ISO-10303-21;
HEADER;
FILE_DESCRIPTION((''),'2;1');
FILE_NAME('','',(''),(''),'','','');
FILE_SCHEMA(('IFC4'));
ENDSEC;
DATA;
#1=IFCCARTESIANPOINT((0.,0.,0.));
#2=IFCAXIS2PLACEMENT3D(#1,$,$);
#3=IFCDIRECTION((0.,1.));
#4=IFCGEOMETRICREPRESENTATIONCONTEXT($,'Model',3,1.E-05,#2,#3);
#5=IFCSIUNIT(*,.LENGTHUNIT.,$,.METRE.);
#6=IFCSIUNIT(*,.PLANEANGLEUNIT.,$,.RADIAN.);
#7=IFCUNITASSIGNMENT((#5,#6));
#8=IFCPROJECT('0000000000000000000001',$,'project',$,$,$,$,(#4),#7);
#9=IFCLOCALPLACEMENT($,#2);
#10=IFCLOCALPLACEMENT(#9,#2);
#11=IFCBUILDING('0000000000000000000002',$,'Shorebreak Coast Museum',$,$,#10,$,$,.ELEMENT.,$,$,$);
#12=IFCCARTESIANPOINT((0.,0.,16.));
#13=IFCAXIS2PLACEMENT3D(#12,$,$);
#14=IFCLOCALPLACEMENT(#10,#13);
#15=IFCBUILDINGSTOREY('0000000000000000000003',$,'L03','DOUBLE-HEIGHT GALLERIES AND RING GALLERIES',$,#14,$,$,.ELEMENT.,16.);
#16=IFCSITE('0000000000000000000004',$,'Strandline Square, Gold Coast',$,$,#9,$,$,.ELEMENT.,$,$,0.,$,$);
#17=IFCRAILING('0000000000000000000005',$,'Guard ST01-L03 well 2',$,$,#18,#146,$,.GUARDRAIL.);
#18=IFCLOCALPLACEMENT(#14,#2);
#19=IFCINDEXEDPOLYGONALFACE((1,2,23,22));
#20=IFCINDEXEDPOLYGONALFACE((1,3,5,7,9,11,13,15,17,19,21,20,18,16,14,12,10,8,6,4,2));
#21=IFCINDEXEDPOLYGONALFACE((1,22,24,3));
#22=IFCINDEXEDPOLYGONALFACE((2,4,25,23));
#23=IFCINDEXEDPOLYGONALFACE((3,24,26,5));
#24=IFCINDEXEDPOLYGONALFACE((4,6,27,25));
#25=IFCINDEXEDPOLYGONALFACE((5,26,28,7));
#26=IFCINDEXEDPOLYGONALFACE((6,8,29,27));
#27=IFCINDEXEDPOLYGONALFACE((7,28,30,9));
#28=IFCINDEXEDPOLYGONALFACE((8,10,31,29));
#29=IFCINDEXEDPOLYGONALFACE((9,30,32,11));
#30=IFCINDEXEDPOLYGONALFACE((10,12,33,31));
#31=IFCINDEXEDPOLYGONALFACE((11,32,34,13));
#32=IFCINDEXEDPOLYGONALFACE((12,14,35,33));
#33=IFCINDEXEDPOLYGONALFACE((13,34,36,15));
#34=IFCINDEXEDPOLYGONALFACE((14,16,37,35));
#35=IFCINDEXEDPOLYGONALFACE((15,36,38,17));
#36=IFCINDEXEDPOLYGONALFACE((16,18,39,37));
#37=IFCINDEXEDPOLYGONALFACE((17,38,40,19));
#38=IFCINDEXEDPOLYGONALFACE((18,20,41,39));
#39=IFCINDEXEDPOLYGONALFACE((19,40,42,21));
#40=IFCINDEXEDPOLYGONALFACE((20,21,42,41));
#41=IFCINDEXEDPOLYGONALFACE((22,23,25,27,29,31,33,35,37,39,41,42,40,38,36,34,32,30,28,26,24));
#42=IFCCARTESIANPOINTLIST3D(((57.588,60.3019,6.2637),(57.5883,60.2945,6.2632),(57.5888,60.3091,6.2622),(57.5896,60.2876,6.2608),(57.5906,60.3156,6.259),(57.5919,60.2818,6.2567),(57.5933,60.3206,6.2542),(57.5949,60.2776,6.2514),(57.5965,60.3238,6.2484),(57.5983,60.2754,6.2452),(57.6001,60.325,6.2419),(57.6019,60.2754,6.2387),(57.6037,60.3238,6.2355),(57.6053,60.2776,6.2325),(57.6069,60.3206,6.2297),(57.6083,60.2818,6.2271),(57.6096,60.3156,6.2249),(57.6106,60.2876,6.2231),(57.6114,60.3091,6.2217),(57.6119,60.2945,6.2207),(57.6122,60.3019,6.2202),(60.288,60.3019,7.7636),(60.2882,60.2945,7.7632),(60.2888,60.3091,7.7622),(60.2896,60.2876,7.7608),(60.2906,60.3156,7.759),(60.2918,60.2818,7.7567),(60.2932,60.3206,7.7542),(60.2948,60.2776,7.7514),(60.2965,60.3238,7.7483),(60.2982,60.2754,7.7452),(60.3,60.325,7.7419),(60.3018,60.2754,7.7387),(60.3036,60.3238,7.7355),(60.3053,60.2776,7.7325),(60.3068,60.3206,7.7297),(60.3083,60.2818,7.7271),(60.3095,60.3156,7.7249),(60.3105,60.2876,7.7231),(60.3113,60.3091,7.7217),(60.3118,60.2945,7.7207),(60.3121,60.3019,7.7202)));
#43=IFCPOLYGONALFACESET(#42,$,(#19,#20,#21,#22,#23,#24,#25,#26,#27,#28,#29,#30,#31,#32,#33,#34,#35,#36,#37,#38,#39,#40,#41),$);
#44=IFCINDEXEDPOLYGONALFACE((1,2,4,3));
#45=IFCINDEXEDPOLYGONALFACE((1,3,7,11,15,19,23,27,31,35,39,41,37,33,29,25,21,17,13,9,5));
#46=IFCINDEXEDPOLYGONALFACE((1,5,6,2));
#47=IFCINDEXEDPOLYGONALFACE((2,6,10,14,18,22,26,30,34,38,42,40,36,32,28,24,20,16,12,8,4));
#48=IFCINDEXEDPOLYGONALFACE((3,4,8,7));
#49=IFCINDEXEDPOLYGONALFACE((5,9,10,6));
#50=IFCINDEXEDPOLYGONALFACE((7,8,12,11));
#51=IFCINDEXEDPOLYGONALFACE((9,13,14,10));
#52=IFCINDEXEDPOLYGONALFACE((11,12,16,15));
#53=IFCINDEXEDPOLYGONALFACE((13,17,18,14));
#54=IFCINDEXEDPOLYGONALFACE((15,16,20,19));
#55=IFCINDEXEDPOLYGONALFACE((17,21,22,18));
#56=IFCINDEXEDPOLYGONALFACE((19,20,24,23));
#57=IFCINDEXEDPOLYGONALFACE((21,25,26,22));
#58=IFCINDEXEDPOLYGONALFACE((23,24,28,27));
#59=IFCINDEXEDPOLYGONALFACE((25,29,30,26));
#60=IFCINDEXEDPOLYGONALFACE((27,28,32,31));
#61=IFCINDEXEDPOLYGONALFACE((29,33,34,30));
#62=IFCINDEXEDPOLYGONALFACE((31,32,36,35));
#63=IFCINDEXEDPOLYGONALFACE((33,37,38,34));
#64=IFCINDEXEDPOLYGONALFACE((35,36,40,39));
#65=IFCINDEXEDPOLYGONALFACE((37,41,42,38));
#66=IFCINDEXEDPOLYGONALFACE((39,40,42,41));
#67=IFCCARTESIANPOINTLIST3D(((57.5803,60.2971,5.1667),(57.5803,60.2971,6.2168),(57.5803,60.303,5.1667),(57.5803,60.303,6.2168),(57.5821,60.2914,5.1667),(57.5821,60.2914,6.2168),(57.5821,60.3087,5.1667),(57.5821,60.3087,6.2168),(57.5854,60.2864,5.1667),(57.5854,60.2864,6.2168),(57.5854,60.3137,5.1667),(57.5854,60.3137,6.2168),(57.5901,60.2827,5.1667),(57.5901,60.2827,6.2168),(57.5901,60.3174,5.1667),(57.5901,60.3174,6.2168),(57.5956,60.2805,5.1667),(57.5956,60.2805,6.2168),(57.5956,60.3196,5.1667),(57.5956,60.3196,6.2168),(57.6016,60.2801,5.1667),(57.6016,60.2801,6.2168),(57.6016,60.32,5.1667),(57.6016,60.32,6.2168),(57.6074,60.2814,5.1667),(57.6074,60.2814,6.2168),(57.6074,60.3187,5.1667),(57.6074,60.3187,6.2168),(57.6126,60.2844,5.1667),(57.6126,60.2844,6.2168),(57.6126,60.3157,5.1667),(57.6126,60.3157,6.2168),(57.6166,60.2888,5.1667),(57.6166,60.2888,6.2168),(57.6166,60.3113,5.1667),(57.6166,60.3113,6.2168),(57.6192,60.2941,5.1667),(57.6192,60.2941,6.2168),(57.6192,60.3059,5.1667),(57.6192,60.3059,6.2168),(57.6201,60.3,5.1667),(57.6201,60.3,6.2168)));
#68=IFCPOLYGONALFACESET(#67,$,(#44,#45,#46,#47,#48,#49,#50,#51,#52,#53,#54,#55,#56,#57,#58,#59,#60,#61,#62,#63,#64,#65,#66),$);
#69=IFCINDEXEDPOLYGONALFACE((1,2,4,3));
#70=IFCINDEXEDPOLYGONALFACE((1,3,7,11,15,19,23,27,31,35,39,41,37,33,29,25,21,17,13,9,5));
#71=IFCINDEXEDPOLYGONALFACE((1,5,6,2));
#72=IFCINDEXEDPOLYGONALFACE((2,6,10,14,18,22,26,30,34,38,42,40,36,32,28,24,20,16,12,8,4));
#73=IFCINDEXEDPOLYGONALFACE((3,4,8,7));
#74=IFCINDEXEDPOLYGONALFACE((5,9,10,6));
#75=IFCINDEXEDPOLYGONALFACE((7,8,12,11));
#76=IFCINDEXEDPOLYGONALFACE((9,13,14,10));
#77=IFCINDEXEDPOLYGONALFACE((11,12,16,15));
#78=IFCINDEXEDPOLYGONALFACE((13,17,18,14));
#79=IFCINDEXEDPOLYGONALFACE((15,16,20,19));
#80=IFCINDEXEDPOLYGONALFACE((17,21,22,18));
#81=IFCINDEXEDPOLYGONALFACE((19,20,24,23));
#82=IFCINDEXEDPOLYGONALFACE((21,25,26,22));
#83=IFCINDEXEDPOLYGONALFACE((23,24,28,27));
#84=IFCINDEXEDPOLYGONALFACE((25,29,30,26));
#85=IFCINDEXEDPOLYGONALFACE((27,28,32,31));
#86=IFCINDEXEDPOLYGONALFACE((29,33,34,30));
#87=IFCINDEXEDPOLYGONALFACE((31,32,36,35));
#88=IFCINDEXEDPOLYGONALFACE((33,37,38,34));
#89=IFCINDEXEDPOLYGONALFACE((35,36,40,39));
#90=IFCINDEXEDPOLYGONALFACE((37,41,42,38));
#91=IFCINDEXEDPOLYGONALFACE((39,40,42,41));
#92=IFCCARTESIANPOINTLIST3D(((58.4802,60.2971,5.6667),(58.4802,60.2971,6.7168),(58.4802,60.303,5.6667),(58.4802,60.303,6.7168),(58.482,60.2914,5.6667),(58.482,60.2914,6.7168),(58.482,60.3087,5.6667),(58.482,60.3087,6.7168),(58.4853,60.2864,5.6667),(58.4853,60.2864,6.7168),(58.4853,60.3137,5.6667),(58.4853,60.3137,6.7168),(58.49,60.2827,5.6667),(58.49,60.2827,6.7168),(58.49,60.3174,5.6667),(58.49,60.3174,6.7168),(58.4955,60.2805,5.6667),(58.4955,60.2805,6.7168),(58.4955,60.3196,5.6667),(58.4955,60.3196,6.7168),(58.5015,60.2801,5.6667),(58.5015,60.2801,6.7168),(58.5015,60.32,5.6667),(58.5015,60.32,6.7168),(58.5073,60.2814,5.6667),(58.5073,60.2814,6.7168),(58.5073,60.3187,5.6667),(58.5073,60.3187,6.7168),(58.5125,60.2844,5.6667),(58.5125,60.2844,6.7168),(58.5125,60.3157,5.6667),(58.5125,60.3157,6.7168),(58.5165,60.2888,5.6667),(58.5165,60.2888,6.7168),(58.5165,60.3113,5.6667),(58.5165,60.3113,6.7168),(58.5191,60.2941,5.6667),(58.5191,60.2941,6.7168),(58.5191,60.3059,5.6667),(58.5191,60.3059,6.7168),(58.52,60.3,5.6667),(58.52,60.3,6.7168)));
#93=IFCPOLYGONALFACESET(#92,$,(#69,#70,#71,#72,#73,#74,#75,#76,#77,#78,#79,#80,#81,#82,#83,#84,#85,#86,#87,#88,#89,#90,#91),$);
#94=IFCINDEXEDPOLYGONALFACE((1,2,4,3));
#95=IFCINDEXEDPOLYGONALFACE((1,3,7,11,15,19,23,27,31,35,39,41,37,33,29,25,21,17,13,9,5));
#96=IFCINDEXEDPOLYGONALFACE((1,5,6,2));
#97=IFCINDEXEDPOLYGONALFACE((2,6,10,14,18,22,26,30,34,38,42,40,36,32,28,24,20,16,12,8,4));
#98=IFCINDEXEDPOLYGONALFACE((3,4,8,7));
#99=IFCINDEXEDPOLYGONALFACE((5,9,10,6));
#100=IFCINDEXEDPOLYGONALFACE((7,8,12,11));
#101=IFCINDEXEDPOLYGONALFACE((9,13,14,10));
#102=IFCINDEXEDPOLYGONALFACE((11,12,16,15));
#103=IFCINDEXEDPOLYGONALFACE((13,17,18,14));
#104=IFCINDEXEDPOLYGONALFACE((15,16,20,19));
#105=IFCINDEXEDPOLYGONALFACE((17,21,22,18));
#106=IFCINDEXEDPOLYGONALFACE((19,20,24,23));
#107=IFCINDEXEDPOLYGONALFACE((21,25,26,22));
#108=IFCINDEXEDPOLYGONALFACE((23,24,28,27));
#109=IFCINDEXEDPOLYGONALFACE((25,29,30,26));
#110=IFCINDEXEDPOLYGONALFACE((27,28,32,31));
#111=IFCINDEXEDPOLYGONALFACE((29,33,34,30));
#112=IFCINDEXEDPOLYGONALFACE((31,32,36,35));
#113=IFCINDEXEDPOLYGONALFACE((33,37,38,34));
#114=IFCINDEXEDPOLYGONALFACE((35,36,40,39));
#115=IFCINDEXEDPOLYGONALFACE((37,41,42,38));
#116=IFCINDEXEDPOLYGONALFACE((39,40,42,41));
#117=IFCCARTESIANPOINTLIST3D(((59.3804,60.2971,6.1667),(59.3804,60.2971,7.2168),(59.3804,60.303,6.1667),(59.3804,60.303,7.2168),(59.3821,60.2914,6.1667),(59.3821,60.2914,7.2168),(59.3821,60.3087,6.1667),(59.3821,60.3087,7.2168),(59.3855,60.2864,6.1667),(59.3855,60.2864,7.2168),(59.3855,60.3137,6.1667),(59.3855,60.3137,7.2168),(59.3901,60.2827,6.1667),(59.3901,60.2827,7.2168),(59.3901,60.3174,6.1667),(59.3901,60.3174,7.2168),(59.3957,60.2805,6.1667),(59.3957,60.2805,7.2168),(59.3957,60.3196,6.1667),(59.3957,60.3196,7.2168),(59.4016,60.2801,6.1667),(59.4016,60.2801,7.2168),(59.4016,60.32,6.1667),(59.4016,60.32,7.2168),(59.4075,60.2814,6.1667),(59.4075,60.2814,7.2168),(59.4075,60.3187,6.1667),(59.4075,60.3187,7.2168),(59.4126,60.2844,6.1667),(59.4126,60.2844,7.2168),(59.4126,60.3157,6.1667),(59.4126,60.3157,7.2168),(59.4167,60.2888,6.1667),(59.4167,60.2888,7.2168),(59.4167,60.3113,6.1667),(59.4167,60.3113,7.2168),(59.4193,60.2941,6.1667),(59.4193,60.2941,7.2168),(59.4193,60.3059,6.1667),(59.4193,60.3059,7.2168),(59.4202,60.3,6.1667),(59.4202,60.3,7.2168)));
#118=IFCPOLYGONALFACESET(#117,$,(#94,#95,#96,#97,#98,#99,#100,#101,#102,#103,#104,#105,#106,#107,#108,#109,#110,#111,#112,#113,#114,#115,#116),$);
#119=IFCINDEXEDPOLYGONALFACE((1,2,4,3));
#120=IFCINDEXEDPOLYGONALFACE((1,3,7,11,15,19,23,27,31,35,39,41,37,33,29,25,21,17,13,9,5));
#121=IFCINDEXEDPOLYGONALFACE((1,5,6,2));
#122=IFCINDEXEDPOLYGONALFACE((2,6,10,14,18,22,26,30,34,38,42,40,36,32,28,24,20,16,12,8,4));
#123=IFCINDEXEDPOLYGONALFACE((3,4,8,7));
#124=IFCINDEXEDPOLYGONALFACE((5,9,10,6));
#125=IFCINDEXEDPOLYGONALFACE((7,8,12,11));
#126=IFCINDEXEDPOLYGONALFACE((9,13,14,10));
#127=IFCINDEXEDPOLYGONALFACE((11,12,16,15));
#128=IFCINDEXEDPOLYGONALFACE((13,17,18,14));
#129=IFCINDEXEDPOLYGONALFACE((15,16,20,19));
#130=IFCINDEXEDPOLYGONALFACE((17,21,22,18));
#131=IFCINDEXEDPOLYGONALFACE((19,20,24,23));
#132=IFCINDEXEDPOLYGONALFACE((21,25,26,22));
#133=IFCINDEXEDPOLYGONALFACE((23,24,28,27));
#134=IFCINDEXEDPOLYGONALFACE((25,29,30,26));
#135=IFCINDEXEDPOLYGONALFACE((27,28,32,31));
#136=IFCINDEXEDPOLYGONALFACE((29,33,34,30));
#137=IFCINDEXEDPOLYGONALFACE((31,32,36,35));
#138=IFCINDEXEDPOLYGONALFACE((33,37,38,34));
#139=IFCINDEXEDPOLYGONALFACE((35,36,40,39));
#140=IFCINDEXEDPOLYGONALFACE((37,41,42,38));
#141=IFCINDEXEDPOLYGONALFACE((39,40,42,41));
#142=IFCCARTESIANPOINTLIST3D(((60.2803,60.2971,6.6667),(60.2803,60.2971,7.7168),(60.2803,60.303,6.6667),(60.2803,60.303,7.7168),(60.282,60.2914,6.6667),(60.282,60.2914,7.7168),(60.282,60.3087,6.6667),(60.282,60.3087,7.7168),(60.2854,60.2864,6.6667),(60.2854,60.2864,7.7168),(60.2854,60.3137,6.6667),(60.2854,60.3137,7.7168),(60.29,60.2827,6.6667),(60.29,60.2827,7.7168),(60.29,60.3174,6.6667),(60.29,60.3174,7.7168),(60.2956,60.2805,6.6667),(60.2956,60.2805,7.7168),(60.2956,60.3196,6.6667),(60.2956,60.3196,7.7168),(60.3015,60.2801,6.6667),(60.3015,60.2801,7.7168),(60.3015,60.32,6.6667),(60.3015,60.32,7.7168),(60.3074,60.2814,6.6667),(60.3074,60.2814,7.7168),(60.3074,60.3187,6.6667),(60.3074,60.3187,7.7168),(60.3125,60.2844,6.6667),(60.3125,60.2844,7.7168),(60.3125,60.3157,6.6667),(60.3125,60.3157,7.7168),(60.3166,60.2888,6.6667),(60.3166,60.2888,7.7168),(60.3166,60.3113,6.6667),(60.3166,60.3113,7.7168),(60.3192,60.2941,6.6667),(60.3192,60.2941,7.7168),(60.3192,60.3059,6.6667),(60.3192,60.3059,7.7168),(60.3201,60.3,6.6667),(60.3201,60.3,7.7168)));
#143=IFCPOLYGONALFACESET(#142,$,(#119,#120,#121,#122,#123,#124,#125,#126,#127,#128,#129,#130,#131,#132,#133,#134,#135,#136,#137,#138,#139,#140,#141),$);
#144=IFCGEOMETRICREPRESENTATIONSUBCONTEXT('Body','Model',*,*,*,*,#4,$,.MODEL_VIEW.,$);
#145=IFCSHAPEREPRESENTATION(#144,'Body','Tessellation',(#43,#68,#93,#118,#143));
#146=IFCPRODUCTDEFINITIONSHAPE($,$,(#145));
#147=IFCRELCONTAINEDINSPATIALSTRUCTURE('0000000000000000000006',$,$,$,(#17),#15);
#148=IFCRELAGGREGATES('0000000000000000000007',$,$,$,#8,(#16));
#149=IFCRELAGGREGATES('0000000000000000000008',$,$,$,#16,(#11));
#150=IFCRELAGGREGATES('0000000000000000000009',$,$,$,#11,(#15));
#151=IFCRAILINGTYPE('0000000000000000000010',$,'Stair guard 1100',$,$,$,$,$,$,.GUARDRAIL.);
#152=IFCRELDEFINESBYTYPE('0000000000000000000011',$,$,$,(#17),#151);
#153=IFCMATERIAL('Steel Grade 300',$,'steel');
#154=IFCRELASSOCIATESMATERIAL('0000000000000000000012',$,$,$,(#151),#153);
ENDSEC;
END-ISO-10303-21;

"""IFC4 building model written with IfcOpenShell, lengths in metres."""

from ifc_helpers import new_model, si_unit, direction, frame, origin, origin_2d, place, context, subcontext, project, spatial, circle, extrude, material, type_object, element, save


model = new_model("IFC4")

# Units and contexts
model_context = context("Model", 3, precision=1e-05, world=origin(), true_north=direction((0.0, 1.0)))
body_context = subcontext(model_context, "Body", "Model", "MODEL_VIEW")
ifc_project = project(units=[si_unit("LENGTHUNIT", "METRE"), si_unit("PLANEANGLEUNIT", "RADIAN")], contexts=[model_context])

# Site, building, storey
site_placement = place(None, origin())
site = spatial("IfcSite", under=ifc_project, at=site_placement, Name="Strandline Square, Gold Coast", CompositionType="ELEMENT", RefElevation=0.0)
building_placement = place(site_placement, origin())
building = spatial("IfcBuilding", under=site, at=building_placement, Name="Shorebreak Coast Museum", CompositionType="ELEMENT")
storey_placement = place(building_placement, frame((0.0, 0.0, 16.0)))
storey = spatial("IfcBuildingStorey", under=building, at=storey_placement, Name="L03", Description="DOUBLE-HEIGHT GALLERIES AND RING GALLERIES", CompositionType="ELEMENT", Elevation=16.0)

# Railing
ifc_material_1 = material(Name="Steel Grade 300", Category="steel")
railing_type_1 = type_object("IfcRailingType", Name="Stair guard 1100", PredefinedType="GUARDRAIL", material=ifc_material_1)
railing_1_placement = place(storey_placement, frame((57.6001, 60.3, 5.1667)))
element("IfcRailing", 1, at=railing_1_placement, inside=storey, type_object=railing_type_1, Name="Guard ST01-L03 well 2", PredefinedType="GUARDRAIL", context=body_context, shape_type="SweptSolid", body=[
    extrude(circle(Radius=0.0249, at=origin_2d()), frame((0.0, 0.0, 1.0752), z_axis=(0.874154, 0.0, 0.48565), x_axis=(0.0, 1.0, 0.0)), (0.0, 0.0, 1.0), 3.0886),
    extrude(circle(Radius=0.02, at=origin_2d()), origin(), (0.0, 0.0, 1.0), 1.05),
    extrude(circle(Radius=0.02, at=origin_2d()), frame((0.8999, 0.0, 0.5)), (0.0, 0.0, 1.0), 1.05),
    extrude(circle(Radius=0.02, at=origin_2d()), frame((1.8, 0.0, 1.0)), (0.0, 0.0, 1.0), 1.05),
    extrude(circle(Radius=0.02, at=origin_2d()), frame((2.7, 0.0, 1.5)), (0.0, 0.0, 1.0), 1.05),
])

save(model, "model.ifc")
